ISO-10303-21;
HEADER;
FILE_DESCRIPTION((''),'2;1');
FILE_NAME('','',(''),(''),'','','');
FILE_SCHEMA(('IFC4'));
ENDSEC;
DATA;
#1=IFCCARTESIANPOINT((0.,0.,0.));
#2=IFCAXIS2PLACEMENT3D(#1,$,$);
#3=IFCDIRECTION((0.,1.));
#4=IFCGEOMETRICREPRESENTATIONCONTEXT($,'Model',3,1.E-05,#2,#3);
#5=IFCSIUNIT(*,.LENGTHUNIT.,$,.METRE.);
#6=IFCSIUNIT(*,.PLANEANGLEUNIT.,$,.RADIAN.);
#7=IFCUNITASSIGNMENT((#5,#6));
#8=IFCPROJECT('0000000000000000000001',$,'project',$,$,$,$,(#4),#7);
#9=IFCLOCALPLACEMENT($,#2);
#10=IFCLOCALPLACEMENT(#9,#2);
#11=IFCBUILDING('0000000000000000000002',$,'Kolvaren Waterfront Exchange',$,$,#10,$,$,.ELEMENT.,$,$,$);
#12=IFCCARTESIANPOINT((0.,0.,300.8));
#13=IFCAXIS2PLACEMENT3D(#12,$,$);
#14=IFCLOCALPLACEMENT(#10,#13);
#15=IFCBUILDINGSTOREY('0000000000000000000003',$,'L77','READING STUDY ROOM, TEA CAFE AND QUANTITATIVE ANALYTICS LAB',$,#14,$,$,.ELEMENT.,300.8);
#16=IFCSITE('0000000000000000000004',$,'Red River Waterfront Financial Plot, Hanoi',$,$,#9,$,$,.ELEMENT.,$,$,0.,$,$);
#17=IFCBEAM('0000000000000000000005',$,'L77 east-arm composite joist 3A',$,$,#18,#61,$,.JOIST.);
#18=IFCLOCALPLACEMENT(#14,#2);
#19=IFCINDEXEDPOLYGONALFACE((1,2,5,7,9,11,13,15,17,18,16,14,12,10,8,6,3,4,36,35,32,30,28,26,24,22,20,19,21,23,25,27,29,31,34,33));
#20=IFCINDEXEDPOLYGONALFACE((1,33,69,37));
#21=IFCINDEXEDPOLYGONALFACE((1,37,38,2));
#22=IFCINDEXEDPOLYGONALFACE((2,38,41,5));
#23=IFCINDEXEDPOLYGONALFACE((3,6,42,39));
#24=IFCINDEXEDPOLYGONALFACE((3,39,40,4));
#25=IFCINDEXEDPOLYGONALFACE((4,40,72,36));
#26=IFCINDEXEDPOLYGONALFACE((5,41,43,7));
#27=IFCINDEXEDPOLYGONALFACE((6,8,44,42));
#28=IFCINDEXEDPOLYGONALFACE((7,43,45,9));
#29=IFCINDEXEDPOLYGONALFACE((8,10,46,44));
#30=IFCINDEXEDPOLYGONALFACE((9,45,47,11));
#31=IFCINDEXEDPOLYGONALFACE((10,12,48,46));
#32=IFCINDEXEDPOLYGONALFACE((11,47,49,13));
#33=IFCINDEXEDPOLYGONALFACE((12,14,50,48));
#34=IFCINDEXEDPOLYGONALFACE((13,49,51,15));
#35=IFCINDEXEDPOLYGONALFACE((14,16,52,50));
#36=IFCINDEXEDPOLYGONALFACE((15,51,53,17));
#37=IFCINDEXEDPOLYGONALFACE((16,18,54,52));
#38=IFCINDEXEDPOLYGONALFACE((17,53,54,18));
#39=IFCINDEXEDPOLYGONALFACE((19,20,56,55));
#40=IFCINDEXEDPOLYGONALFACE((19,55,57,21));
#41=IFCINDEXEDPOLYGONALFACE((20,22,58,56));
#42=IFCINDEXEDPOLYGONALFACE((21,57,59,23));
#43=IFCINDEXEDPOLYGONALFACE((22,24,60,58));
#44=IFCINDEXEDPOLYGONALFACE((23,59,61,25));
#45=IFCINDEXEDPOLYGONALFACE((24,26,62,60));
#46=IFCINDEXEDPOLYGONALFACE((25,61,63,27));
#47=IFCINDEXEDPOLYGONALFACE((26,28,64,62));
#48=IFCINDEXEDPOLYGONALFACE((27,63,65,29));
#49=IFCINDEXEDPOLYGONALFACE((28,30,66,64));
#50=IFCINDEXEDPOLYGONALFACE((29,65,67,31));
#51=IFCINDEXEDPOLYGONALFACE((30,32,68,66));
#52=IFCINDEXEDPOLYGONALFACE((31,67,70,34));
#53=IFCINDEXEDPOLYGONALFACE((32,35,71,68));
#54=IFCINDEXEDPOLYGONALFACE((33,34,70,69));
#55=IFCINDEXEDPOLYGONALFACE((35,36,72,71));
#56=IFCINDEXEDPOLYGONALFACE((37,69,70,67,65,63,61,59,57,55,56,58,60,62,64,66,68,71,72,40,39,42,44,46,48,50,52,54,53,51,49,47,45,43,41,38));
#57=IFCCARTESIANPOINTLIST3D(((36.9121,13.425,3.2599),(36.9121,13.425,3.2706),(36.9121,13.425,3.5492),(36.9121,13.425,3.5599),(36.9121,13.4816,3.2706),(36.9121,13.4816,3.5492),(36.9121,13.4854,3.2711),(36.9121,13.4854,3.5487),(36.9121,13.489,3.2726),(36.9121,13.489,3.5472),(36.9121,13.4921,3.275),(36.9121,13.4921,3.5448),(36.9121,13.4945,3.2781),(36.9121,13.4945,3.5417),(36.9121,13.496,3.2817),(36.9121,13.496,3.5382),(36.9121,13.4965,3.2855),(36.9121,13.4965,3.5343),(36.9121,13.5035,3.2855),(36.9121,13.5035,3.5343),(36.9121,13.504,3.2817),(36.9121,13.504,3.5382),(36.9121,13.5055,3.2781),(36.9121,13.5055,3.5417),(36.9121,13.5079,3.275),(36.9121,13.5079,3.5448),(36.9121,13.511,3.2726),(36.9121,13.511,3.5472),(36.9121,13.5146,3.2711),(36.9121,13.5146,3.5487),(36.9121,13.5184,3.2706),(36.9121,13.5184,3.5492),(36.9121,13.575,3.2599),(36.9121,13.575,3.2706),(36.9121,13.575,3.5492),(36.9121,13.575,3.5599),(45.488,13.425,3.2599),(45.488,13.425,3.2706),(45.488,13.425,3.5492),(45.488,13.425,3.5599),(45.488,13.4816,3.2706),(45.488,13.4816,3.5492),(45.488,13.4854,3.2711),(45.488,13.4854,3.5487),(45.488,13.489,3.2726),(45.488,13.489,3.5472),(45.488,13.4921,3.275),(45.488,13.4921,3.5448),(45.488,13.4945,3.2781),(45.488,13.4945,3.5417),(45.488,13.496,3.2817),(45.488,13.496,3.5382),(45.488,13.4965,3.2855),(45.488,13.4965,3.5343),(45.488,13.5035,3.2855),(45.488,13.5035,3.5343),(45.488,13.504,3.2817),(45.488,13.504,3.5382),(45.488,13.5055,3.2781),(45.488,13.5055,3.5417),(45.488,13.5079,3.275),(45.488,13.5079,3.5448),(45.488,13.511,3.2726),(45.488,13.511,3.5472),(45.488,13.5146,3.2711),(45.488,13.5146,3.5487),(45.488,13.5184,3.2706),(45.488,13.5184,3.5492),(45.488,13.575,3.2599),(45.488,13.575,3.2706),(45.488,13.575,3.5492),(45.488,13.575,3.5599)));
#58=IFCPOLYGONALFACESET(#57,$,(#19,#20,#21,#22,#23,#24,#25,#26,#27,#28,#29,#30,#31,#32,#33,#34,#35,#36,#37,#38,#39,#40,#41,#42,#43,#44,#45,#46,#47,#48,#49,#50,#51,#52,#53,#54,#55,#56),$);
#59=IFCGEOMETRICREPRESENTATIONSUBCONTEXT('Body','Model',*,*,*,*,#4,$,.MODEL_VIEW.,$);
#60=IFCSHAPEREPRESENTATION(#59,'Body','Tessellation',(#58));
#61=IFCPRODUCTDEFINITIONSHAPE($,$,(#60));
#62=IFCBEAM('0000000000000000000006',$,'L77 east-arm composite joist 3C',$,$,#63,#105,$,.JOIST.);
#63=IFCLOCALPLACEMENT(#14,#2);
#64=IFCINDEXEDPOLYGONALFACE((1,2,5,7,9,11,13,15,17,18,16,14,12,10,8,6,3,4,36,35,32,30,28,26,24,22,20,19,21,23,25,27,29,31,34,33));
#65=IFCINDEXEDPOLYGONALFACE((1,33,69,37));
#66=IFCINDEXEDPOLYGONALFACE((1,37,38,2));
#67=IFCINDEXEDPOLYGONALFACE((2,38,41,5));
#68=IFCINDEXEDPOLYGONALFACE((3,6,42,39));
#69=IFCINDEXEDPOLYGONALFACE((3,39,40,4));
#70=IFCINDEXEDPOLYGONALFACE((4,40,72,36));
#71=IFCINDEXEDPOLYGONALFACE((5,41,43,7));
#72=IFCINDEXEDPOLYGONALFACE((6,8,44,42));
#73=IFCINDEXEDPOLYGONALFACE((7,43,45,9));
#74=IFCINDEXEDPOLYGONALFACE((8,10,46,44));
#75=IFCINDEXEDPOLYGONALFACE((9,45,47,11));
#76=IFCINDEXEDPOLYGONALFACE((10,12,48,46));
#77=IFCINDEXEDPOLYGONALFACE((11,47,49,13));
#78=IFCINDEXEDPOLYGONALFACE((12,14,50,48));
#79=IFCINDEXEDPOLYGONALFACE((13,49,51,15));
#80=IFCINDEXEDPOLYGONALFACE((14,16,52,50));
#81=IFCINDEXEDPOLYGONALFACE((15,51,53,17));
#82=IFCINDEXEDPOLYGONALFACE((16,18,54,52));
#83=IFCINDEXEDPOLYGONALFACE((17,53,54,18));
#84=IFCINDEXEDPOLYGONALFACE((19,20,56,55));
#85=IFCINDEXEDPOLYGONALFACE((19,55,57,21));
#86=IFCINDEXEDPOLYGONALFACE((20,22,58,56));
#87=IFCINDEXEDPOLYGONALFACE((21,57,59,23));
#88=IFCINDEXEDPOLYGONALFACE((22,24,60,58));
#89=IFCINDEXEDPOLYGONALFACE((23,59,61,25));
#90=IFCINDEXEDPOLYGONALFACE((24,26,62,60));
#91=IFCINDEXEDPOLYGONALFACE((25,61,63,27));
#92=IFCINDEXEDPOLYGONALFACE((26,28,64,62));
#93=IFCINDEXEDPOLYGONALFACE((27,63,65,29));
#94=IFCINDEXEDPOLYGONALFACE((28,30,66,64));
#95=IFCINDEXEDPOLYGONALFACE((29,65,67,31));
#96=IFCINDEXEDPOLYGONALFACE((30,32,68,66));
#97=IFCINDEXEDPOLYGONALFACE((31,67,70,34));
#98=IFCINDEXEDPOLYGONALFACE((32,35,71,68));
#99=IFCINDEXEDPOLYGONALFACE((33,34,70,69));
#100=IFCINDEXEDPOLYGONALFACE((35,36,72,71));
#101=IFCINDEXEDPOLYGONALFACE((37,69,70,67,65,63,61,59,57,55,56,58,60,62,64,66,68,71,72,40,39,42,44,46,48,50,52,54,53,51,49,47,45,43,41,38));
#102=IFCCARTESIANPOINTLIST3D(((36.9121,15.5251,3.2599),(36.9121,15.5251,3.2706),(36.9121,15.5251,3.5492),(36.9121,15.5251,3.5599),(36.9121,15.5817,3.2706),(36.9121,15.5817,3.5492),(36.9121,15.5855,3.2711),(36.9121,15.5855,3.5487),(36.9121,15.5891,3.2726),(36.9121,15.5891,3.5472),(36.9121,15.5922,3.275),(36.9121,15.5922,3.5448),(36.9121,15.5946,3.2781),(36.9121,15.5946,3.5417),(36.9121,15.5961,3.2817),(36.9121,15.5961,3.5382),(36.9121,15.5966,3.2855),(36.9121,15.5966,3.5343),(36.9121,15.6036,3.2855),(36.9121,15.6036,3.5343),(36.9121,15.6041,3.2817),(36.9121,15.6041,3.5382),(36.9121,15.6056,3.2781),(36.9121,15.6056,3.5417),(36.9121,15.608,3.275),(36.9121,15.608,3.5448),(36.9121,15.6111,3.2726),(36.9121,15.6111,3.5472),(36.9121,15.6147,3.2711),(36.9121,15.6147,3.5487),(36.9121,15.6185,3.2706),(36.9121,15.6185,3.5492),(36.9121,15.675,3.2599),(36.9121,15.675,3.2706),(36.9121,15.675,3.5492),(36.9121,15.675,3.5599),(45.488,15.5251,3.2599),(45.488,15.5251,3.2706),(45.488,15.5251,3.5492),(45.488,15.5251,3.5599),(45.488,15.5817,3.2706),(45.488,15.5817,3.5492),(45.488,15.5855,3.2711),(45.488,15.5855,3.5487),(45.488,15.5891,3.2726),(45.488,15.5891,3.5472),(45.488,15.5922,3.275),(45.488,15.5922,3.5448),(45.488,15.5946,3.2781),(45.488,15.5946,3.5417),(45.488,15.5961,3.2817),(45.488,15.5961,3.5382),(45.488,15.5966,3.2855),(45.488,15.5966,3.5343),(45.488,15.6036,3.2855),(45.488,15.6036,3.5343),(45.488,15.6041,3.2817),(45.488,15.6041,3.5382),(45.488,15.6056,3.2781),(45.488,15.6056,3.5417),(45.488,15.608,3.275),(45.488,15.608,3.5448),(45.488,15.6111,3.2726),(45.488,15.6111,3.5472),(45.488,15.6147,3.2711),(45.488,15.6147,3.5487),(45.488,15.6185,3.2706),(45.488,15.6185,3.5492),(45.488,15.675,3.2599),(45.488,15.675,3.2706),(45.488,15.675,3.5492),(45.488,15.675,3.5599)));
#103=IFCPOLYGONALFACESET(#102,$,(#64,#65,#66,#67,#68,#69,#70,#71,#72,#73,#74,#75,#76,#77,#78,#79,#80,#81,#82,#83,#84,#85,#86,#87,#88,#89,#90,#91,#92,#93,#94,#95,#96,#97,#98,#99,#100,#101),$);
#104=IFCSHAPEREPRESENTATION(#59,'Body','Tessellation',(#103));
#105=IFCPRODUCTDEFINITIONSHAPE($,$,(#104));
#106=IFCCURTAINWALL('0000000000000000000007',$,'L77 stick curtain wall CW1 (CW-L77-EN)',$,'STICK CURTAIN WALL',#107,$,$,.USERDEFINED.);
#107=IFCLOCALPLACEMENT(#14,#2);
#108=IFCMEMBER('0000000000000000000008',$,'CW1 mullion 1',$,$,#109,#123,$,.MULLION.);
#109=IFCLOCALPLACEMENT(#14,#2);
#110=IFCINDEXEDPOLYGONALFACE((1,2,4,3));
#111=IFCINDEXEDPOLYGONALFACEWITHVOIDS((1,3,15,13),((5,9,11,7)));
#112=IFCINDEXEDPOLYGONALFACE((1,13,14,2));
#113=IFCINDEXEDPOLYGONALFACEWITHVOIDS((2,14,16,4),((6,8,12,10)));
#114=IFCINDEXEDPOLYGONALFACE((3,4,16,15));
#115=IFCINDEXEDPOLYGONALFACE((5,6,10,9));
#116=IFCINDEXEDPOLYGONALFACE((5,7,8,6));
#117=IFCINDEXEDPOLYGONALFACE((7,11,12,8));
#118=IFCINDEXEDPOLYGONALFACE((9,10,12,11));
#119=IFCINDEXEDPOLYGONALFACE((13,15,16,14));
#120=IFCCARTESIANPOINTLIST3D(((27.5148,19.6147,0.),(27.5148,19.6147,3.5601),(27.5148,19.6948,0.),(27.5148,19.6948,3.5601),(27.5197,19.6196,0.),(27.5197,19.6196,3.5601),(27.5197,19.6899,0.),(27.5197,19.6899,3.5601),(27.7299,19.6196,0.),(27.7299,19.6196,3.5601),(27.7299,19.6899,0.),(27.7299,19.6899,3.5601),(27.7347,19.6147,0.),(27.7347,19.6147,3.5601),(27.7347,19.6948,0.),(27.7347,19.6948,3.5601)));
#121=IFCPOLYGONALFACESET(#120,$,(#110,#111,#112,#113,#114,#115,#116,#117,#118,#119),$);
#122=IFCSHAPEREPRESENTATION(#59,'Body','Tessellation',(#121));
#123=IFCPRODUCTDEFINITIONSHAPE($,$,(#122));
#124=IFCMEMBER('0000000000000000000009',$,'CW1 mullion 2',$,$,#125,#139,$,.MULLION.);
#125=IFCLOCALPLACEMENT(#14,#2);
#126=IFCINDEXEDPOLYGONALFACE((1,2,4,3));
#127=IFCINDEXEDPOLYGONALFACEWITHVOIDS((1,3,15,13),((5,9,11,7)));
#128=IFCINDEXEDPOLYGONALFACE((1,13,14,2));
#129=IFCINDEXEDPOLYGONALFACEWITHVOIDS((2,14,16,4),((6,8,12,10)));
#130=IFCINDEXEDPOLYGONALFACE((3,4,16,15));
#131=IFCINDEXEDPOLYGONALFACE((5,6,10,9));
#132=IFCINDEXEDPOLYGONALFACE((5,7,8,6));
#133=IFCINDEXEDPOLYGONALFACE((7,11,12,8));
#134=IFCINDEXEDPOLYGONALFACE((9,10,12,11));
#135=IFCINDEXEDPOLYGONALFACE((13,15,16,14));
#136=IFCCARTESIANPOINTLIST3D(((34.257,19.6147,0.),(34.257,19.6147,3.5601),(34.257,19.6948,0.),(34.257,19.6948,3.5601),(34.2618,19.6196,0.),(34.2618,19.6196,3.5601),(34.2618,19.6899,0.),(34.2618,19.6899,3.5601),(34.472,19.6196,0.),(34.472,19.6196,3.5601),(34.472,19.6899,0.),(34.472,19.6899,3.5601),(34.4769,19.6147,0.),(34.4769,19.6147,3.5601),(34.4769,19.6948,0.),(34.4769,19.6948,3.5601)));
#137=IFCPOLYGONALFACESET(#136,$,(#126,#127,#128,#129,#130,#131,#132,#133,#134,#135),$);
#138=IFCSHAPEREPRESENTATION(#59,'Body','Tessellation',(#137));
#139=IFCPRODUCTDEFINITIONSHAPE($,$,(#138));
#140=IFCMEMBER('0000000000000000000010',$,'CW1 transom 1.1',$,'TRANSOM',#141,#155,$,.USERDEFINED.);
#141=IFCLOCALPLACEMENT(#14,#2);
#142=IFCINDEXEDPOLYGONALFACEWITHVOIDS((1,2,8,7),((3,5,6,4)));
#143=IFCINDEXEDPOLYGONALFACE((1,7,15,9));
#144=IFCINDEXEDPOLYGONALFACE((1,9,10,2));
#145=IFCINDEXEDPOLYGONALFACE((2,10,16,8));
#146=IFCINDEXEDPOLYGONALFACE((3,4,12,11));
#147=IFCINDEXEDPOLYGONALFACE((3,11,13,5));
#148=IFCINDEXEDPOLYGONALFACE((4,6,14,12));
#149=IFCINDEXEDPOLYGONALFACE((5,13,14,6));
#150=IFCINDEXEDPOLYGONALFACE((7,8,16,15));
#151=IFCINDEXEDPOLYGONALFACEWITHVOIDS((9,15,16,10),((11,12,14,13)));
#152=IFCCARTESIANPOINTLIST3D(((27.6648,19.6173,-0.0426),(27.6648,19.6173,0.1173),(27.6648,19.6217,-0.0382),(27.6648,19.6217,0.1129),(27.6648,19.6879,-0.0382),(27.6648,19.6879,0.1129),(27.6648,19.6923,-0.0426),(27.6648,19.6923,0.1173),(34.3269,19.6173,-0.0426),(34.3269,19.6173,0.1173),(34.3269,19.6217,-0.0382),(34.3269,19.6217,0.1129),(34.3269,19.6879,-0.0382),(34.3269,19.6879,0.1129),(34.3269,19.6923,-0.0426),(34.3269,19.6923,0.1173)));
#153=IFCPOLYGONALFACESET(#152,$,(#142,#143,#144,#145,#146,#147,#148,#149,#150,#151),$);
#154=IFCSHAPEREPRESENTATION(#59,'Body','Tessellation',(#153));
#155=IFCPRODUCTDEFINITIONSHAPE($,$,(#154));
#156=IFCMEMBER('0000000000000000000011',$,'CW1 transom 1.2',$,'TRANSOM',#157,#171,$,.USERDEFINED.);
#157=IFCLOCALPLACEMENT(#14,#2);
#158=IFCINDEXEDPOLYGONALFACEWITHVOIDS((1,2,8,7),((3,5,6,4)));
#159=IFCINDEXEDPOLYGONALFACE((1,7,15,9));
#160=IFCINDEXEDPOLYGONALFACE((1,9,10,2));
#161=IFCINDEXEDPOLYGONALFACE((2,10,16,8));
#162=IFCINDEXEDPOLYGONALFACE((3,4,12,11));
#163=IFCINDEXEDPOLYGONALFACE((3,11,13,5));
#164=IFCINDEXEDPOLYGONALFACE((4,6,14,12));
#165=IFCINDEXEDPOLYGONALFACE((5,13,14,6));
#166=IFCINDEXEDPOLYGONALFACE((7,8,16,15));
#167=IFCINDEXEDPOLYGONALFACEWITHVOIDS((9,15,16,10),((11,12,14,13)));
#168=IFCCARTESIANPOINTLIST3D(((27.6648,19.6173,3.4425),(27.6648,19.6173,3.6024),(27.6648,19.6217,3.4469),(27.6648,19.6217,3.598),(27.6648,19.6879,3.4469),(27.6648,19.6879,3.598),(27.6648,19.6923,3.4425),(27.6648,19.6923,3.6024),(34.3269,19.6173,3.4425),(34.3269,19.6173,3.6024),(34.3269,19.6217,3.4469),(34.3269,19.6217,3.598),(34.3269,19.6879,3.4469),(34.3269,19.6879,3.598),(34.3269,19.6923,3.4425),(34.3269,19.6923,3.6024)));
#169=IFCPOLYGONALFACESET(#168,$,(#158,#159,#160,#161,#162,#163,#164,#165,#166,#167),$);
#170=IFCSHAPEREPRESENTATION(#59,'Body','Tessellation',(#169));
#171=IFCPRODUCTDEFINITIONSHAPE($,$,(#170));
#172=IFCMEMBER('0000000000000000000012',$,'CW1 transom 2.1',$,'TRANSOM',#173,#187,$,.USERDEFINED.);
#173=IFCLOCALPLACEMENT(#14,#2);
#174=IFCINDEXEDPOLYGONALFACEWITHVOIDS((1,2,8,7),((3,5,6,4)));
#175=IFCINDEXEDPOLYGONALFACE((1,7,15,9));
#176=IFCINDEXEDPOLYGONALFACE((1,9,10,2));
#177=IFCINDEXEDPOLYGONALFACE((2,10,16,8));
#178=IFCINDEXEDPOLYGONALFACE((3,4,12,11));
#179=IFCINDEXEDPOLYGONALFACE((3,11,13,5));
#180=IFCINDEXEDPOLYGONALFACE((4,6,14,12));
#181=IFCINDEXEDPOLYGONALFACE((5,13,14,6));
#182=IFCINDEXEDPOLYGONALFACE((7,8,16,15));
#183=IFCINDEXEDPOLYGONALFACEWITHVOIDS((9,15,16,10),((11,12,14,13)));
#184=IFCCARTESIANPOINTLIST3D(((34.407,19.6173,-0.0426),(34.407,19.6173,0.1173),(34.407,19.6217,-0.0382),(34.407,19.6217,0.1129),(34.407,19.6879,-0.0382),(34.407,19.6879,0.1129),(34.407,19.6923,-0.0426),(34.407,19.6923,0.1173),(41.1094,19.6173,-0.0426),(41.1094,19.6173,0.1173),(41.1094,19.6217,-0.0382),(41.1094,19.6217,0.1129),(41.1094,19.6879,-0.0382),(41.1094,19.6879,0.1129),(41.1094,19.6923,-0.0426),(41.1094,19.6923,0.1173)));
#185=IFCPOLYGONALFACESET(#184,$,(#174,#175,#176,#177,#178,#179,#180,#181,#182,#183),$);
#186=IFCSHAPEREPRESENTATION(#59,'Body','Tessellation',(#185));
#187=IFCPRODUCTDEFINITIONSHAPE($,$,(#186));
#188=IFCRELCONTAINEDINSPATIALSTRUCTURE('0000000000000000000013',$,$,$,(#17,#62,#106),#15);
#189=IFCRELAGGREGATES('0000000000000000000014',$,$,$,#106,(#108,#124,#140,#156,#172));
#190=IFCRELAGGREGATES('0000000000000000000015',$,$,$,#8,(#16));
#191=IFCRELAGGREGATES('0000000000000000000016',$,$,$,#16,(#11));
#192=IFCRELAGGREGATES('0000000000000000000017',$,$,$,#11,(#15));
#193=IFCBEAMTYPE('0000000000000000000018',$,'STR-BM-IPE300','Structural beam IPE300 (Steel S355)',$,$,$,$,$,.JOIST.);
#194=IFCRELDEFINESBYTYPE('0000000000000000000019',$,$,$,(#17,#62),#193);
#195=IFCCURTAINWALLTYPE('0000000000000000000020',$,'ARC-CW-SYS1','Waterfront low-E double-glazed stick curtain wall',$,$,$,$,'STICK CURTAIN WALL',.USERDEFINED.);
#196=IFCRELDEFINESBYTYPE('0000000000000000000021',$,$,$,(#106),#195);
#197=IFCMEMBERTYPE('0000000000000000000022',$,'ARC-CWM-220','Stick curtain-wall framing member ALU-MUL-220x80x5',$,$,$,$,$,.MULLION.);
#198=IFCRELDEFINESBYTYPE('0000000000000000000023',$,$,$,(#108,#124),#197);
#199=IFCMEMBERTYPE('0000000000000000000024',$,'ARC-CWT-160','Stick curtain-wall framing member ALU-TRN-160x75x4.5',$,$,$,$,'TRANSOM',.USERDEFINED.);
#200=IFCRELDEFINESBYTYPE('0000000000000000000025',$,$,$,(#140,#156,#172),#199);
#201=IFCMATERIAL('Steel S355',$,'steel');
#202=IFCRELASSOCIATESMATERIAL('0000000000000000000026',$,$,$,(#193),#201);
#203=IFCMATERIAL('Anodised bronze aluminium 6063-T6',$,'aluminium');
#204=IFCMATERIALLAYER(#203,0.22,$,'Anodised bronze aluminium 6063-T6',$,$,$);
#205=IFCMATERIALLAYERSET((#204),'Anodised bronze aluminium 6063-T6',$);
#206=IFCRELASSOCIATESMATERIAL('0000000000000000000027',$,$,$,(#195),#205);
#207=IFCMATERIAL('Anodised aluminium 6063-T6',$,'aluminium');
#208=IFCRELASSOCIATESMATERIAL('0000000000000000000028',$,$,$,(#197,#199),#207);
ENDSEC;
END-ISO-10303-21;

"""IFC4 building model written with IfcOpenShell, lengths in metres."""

from ifc_helpers import new_model, si_unit, direction, frame, origin, origin_with_axes, origin_2d, place, context, subcontext, project, spatial, hollow_rectangle, i_section, extrude, source, transform, mapped, material, layer, layer_set, material_profile, profile_set, type_object, element, aggregate, save


model = new_model("IFC4")

# Units and contexts
model_context = context("Model", 3, precision=1e-05, world=origin(), true_north=direction((0.0, 1.0)))
body_context = subcontext(model_context, "Body", "Model", "MODEL_VIEW")
ifc_project = project(units=[si_unit("LENGTHUNIT", "METRE"), si_unit("PLANEANGLEUNIT", "RADIAN")], contexts=[model_context])

# Site, building, storey
site_placement = place(None, origin())
site = spatial("IfcSite", under=ifc_project, at=site_placement, Name="Red River Waterfront Financial Plot, Hanoi", CompositionType="ELEMENT", RefElevation=0.0)
building_placement = place(site_placement, origin())
building = spatial("IfcBuilding", under=site, at=building_placement, Name="Kolvaren Waterfront Exchange", CompositionType="ELEMENT")
storey_placement = place(building_placement, frame((0.0, 0.0, 300.8)))
storey = spatial("IfcBuildingStorey", under=building, at=storey_placement, Name="L77", Description="READING STUDY ROOM, TEA CAFE AND QUANTITATIVE ANALYTICS LAB", CompositionType="ELEMENT", Elevation=300.8)

# Beams
ifc_material_1 = material(Name="Steel S355", Category="steel")
ifc_material_profile_1 = material_profile(ifc_material_1, i_section(OverallWidth=0.1499, OverallDepth=0.3, WebThickness=0.0071, FlangeThickness=0.0107, FilletRadius=0.0149, at=origin_2d()), Name="IPE300")
ifc_profile_set_1 = profile_set([ifc_material_profile_1], Name="Steel S355")
beam_type_1 = type_object("IfcBeamType", Name="STR-BM-IPE300", Description="Structural beam IPE300 (Steel S355)", PredefinedType="JOIST", material=ifc_profile_set_1)
for number, where, z_axis, x_axis, name in (
    (1, (36.9121, 13.5, 3.4099), (1.0, 0.0, 0.0), (0.0, 1.0, 0.0), "L77 east-arm composite joist 3A"),
    (2, (36.9121, 15.6001, 3.4099), (1.0, 0.0, 0.0), (0.0, 1.0, 0.0), "L77 east-arm composite joist 3C"),
):
    element("IfcBeam", number, at=place(storey_placement, frame(where, z_axis=z_axis, x_axis=x_axis)), inside=storey, type_object=beam_type_1, Name=name, PredefinedType="JOIST", context=body_context, shape_type="SweptSolid", body=[
        extrude(i_section(OverallWidth=0.1499, OverallDepth=0.3, WebThickness=0.0071, FlangeThickness=0.0107, FilletRadius=0.0149, at=origin_2d()), origin(), (0.0, 0.0, 1.0), 8.5759),
    ])

# Curtain wall, members
ifc_material_2 = material(Name="Anodised bronze aluminium 6063-T6", Category="aluminium")
ifc_layer_1 = layer(ifc_material_2, 0.22, Name="Anodised bronze aluminium 6063-T6")
ifc_layer_set_1 = layer_set([ifc_layer_1], Name="Anodised bronze aluminium 6063-T6")
curtain_wall_type = type_object("IfcCurtainWallType", Name="ARC-CW-SYS1", Description="Waterfront low-E double-glazed stick curtain wall", ElementType="STICK CURTAIN WALL", PredefinedType="USERDEFINED", material=ifc_layer_set_1)
curtain_wall_placement = place(storey_placement, origin())
curtain_wall = element("IfcCurtainWall", 3, at=curtain_wall_placement, inside=storey, type_object=curtain_wall_type, Name="L77 stick curtain wall CW1 (CW-L77-EN)", ObjectType="STICK CURTAIN WALL", PredefinedType="USERDEFINED")
ifc_material_3 = material(Name="Anodised aluminium 6063-T6", Category="aluminium")
ifc_material_profile_2 = material_profile(ifc_material_3, hollow_rectangle(XDim=0.0801, YDim=0.22, WallThickness=0.0049, at=origin_2d()), Name="ALU-MUL-220x80x5")
ifc_profile_set_2 = profile_set([ifc_material_profile_2], Name="Anodised aluminium 6063-T6")
member_type_1 = type_object("IfcMemberType", Name="ARC-CWM-220", Description="Stick curtain-wall framing member ALU-MUL-220x80x5", PredefinedType="MULLION", material=ifc_profile_set_2)
shared_shape_1 = source(origin_with_axes(), body_context, "Body", "SweptSolid", [
    extrude(hollow_rectangle(XDim=0.0801, YDim=0.22, WallThickness=0.0049, at=origin_2d()), origin(), (0.0, 0.0, 1.0), 3.5601),
])
member_1_placement = place(storey_placement, frame((27.6248, 19.6548, 0.0), z_axis=(0.0, 0.0, 1.0), x_axis=(0.0, 1.0, 0.0)))
member_1 = element("IfcMember", 4, at=member_1_placement, type_object=member_type_1, Name="CW1 mullion 1", PredefinedType="MULLION", context=body_context, shape_type="MappedRepresentation", body=[
    mapped(shared_shape_1, transform((0.0, 0.0, 0.0), x_axis=(1.0, 0.0, 0.0), y_axis=(0.0, 1.0, 0.0), z_axis=(0.0, 0.0, 1.0), scale=1.0)),
])
member_2_placement = place(storey_placement, frame((34.3669, 19.6548, 0.0), z_axis=(0.0, 0.0, 1.0), x_axis=(0.0, 1.0, 0.0)))
member_2 = element("IfcMember", 5, at=member_2_placement, type_object=member_type_1, Name="CW1 mullion 2", PredefinedType="MULLION", context=body_context, shape_type="MappedRepresentation", body=[
    mapped(shared_shape_1, transform((0.0, 0.0, 0.0), x_axis=(1.0, 0.0, 0.0), y_axis=(0.0, 1.0, 0.0), z_axis=(0.0, 0.0, 1.0), scale=1.0)),
])
ifc_material_profile_3 = material_profile(ifc_material_3, hollow_rectangle(XDim=0.075, YDim=0.1599, WallThickness=0.0044, at=origin_2d()), Name="ALU-TRN-160x75x4.5")
ifc_profile_set_3 = profile_set([ifc_material_profile_3], Name="Anodised aluminium 6063-T6")
member_type_2 = type_object("IfcMemberType", Name="ARC-CWT-160", Description="Stick curtain-wall framing member ALU-TRN-160x75x4.5", ElementType="TRANSOM", PredefinedType="USERDEFINED", material=ifc_profile_set_3)
shared_shape_2 = source(origin_with_axes(), body_context, "Body", "SweptSolid", [
    extrude(hollow_rectangle(XDim=0.075, YDim=0.1599, WallThickness=0.0044, at=origin_2d()), origin(), (0.0, 0.0, 1.0), 6.6621),
])
member_3_placement = place(storey_placement, frame((27.6648, 19.6548, 0.0374), z_axis=(1.0, 0.0, 0.0), x_axis=(0.0, 1.0, 0.0)))
member_3 = element("IfcMember", 6, at=member_3_placement, type_object=member_type_2, Name="CW1 transom 1.1", ObjectType="TRANSOM", PredefinedType="USERDEFINED", context=body_context, shape_type="MappedRepresentation", body=[
    mapped(shared_shape_2, transform((0.0, 0.0, 0.0), x_axis=(1.0, 0.0, 0.0), y_axis=(0.0, 1.0, 0.0), z_axis=(0.0, 0.0, 1.0), scale=1.0)),
])
member_4_placement = place(storey_placement, frame((27.6648, 19.6548, 3.5225), z_axis=(1.0, 0.0, 0.0), x_axis=(0.0, 1.0, 0.0)))
member_4 = element("IfcMember", 7, at=member_4_placement, type_object=member_type_2, Name="CW1 transom 1.2", ObjectType="TRANSOM", PredefinedType="USERDEFINED", context=body_context, shape_type="MappedRepresentation", body=[
    mapped(shared_shape_2, transform((0.0, 0.0, 0.0), x_axis=(1.0, 0.0, 0.0), y_axis=(0.0, 1.0, 0.0), z_axis=(0.0, 0.0, 1.0), scale=1.0)),
])
shared_shape_3 = source(origin_with_axes(), body_context, "Body", "SweptSolid", [
    extrude(hollow_rectangle(XDim=0.075, YDim=0.1599, WallThickness=0.0044, at=origin_2d()), origin(), (0.0, 0.0, 1.0), 6.7024),
])
member_5_placement = place(storey_placement, frame((34.407, 19.6548, 0.0374), z_axis=(1.0, 0.0, 0.0), x_axis=(0.0, 1.0, 0.0)))
member_5 = element("IfcMember", 8, at=member_5_placement, type_object=member_type_2, Name="CW1 transom 2.1", ObjectType="TRANSOM", PredefinedType="USERDEFINED", context=body_context, shape_type="MappedRepresentation", body=[
    mapped(shared_shape_3, transform((0.0, 0.0, 0.0), x_axis=(1.0, 0.0, 0.0), y_axis=(0.0, 1.0, 0.0), z_axis=(0.0, 0.0, 1.0), scale=1.0)),
])
aggregate(curtain_wall, [member_1, member_2, member_3, member_4, member_5])

save(model, "model.ifc")
